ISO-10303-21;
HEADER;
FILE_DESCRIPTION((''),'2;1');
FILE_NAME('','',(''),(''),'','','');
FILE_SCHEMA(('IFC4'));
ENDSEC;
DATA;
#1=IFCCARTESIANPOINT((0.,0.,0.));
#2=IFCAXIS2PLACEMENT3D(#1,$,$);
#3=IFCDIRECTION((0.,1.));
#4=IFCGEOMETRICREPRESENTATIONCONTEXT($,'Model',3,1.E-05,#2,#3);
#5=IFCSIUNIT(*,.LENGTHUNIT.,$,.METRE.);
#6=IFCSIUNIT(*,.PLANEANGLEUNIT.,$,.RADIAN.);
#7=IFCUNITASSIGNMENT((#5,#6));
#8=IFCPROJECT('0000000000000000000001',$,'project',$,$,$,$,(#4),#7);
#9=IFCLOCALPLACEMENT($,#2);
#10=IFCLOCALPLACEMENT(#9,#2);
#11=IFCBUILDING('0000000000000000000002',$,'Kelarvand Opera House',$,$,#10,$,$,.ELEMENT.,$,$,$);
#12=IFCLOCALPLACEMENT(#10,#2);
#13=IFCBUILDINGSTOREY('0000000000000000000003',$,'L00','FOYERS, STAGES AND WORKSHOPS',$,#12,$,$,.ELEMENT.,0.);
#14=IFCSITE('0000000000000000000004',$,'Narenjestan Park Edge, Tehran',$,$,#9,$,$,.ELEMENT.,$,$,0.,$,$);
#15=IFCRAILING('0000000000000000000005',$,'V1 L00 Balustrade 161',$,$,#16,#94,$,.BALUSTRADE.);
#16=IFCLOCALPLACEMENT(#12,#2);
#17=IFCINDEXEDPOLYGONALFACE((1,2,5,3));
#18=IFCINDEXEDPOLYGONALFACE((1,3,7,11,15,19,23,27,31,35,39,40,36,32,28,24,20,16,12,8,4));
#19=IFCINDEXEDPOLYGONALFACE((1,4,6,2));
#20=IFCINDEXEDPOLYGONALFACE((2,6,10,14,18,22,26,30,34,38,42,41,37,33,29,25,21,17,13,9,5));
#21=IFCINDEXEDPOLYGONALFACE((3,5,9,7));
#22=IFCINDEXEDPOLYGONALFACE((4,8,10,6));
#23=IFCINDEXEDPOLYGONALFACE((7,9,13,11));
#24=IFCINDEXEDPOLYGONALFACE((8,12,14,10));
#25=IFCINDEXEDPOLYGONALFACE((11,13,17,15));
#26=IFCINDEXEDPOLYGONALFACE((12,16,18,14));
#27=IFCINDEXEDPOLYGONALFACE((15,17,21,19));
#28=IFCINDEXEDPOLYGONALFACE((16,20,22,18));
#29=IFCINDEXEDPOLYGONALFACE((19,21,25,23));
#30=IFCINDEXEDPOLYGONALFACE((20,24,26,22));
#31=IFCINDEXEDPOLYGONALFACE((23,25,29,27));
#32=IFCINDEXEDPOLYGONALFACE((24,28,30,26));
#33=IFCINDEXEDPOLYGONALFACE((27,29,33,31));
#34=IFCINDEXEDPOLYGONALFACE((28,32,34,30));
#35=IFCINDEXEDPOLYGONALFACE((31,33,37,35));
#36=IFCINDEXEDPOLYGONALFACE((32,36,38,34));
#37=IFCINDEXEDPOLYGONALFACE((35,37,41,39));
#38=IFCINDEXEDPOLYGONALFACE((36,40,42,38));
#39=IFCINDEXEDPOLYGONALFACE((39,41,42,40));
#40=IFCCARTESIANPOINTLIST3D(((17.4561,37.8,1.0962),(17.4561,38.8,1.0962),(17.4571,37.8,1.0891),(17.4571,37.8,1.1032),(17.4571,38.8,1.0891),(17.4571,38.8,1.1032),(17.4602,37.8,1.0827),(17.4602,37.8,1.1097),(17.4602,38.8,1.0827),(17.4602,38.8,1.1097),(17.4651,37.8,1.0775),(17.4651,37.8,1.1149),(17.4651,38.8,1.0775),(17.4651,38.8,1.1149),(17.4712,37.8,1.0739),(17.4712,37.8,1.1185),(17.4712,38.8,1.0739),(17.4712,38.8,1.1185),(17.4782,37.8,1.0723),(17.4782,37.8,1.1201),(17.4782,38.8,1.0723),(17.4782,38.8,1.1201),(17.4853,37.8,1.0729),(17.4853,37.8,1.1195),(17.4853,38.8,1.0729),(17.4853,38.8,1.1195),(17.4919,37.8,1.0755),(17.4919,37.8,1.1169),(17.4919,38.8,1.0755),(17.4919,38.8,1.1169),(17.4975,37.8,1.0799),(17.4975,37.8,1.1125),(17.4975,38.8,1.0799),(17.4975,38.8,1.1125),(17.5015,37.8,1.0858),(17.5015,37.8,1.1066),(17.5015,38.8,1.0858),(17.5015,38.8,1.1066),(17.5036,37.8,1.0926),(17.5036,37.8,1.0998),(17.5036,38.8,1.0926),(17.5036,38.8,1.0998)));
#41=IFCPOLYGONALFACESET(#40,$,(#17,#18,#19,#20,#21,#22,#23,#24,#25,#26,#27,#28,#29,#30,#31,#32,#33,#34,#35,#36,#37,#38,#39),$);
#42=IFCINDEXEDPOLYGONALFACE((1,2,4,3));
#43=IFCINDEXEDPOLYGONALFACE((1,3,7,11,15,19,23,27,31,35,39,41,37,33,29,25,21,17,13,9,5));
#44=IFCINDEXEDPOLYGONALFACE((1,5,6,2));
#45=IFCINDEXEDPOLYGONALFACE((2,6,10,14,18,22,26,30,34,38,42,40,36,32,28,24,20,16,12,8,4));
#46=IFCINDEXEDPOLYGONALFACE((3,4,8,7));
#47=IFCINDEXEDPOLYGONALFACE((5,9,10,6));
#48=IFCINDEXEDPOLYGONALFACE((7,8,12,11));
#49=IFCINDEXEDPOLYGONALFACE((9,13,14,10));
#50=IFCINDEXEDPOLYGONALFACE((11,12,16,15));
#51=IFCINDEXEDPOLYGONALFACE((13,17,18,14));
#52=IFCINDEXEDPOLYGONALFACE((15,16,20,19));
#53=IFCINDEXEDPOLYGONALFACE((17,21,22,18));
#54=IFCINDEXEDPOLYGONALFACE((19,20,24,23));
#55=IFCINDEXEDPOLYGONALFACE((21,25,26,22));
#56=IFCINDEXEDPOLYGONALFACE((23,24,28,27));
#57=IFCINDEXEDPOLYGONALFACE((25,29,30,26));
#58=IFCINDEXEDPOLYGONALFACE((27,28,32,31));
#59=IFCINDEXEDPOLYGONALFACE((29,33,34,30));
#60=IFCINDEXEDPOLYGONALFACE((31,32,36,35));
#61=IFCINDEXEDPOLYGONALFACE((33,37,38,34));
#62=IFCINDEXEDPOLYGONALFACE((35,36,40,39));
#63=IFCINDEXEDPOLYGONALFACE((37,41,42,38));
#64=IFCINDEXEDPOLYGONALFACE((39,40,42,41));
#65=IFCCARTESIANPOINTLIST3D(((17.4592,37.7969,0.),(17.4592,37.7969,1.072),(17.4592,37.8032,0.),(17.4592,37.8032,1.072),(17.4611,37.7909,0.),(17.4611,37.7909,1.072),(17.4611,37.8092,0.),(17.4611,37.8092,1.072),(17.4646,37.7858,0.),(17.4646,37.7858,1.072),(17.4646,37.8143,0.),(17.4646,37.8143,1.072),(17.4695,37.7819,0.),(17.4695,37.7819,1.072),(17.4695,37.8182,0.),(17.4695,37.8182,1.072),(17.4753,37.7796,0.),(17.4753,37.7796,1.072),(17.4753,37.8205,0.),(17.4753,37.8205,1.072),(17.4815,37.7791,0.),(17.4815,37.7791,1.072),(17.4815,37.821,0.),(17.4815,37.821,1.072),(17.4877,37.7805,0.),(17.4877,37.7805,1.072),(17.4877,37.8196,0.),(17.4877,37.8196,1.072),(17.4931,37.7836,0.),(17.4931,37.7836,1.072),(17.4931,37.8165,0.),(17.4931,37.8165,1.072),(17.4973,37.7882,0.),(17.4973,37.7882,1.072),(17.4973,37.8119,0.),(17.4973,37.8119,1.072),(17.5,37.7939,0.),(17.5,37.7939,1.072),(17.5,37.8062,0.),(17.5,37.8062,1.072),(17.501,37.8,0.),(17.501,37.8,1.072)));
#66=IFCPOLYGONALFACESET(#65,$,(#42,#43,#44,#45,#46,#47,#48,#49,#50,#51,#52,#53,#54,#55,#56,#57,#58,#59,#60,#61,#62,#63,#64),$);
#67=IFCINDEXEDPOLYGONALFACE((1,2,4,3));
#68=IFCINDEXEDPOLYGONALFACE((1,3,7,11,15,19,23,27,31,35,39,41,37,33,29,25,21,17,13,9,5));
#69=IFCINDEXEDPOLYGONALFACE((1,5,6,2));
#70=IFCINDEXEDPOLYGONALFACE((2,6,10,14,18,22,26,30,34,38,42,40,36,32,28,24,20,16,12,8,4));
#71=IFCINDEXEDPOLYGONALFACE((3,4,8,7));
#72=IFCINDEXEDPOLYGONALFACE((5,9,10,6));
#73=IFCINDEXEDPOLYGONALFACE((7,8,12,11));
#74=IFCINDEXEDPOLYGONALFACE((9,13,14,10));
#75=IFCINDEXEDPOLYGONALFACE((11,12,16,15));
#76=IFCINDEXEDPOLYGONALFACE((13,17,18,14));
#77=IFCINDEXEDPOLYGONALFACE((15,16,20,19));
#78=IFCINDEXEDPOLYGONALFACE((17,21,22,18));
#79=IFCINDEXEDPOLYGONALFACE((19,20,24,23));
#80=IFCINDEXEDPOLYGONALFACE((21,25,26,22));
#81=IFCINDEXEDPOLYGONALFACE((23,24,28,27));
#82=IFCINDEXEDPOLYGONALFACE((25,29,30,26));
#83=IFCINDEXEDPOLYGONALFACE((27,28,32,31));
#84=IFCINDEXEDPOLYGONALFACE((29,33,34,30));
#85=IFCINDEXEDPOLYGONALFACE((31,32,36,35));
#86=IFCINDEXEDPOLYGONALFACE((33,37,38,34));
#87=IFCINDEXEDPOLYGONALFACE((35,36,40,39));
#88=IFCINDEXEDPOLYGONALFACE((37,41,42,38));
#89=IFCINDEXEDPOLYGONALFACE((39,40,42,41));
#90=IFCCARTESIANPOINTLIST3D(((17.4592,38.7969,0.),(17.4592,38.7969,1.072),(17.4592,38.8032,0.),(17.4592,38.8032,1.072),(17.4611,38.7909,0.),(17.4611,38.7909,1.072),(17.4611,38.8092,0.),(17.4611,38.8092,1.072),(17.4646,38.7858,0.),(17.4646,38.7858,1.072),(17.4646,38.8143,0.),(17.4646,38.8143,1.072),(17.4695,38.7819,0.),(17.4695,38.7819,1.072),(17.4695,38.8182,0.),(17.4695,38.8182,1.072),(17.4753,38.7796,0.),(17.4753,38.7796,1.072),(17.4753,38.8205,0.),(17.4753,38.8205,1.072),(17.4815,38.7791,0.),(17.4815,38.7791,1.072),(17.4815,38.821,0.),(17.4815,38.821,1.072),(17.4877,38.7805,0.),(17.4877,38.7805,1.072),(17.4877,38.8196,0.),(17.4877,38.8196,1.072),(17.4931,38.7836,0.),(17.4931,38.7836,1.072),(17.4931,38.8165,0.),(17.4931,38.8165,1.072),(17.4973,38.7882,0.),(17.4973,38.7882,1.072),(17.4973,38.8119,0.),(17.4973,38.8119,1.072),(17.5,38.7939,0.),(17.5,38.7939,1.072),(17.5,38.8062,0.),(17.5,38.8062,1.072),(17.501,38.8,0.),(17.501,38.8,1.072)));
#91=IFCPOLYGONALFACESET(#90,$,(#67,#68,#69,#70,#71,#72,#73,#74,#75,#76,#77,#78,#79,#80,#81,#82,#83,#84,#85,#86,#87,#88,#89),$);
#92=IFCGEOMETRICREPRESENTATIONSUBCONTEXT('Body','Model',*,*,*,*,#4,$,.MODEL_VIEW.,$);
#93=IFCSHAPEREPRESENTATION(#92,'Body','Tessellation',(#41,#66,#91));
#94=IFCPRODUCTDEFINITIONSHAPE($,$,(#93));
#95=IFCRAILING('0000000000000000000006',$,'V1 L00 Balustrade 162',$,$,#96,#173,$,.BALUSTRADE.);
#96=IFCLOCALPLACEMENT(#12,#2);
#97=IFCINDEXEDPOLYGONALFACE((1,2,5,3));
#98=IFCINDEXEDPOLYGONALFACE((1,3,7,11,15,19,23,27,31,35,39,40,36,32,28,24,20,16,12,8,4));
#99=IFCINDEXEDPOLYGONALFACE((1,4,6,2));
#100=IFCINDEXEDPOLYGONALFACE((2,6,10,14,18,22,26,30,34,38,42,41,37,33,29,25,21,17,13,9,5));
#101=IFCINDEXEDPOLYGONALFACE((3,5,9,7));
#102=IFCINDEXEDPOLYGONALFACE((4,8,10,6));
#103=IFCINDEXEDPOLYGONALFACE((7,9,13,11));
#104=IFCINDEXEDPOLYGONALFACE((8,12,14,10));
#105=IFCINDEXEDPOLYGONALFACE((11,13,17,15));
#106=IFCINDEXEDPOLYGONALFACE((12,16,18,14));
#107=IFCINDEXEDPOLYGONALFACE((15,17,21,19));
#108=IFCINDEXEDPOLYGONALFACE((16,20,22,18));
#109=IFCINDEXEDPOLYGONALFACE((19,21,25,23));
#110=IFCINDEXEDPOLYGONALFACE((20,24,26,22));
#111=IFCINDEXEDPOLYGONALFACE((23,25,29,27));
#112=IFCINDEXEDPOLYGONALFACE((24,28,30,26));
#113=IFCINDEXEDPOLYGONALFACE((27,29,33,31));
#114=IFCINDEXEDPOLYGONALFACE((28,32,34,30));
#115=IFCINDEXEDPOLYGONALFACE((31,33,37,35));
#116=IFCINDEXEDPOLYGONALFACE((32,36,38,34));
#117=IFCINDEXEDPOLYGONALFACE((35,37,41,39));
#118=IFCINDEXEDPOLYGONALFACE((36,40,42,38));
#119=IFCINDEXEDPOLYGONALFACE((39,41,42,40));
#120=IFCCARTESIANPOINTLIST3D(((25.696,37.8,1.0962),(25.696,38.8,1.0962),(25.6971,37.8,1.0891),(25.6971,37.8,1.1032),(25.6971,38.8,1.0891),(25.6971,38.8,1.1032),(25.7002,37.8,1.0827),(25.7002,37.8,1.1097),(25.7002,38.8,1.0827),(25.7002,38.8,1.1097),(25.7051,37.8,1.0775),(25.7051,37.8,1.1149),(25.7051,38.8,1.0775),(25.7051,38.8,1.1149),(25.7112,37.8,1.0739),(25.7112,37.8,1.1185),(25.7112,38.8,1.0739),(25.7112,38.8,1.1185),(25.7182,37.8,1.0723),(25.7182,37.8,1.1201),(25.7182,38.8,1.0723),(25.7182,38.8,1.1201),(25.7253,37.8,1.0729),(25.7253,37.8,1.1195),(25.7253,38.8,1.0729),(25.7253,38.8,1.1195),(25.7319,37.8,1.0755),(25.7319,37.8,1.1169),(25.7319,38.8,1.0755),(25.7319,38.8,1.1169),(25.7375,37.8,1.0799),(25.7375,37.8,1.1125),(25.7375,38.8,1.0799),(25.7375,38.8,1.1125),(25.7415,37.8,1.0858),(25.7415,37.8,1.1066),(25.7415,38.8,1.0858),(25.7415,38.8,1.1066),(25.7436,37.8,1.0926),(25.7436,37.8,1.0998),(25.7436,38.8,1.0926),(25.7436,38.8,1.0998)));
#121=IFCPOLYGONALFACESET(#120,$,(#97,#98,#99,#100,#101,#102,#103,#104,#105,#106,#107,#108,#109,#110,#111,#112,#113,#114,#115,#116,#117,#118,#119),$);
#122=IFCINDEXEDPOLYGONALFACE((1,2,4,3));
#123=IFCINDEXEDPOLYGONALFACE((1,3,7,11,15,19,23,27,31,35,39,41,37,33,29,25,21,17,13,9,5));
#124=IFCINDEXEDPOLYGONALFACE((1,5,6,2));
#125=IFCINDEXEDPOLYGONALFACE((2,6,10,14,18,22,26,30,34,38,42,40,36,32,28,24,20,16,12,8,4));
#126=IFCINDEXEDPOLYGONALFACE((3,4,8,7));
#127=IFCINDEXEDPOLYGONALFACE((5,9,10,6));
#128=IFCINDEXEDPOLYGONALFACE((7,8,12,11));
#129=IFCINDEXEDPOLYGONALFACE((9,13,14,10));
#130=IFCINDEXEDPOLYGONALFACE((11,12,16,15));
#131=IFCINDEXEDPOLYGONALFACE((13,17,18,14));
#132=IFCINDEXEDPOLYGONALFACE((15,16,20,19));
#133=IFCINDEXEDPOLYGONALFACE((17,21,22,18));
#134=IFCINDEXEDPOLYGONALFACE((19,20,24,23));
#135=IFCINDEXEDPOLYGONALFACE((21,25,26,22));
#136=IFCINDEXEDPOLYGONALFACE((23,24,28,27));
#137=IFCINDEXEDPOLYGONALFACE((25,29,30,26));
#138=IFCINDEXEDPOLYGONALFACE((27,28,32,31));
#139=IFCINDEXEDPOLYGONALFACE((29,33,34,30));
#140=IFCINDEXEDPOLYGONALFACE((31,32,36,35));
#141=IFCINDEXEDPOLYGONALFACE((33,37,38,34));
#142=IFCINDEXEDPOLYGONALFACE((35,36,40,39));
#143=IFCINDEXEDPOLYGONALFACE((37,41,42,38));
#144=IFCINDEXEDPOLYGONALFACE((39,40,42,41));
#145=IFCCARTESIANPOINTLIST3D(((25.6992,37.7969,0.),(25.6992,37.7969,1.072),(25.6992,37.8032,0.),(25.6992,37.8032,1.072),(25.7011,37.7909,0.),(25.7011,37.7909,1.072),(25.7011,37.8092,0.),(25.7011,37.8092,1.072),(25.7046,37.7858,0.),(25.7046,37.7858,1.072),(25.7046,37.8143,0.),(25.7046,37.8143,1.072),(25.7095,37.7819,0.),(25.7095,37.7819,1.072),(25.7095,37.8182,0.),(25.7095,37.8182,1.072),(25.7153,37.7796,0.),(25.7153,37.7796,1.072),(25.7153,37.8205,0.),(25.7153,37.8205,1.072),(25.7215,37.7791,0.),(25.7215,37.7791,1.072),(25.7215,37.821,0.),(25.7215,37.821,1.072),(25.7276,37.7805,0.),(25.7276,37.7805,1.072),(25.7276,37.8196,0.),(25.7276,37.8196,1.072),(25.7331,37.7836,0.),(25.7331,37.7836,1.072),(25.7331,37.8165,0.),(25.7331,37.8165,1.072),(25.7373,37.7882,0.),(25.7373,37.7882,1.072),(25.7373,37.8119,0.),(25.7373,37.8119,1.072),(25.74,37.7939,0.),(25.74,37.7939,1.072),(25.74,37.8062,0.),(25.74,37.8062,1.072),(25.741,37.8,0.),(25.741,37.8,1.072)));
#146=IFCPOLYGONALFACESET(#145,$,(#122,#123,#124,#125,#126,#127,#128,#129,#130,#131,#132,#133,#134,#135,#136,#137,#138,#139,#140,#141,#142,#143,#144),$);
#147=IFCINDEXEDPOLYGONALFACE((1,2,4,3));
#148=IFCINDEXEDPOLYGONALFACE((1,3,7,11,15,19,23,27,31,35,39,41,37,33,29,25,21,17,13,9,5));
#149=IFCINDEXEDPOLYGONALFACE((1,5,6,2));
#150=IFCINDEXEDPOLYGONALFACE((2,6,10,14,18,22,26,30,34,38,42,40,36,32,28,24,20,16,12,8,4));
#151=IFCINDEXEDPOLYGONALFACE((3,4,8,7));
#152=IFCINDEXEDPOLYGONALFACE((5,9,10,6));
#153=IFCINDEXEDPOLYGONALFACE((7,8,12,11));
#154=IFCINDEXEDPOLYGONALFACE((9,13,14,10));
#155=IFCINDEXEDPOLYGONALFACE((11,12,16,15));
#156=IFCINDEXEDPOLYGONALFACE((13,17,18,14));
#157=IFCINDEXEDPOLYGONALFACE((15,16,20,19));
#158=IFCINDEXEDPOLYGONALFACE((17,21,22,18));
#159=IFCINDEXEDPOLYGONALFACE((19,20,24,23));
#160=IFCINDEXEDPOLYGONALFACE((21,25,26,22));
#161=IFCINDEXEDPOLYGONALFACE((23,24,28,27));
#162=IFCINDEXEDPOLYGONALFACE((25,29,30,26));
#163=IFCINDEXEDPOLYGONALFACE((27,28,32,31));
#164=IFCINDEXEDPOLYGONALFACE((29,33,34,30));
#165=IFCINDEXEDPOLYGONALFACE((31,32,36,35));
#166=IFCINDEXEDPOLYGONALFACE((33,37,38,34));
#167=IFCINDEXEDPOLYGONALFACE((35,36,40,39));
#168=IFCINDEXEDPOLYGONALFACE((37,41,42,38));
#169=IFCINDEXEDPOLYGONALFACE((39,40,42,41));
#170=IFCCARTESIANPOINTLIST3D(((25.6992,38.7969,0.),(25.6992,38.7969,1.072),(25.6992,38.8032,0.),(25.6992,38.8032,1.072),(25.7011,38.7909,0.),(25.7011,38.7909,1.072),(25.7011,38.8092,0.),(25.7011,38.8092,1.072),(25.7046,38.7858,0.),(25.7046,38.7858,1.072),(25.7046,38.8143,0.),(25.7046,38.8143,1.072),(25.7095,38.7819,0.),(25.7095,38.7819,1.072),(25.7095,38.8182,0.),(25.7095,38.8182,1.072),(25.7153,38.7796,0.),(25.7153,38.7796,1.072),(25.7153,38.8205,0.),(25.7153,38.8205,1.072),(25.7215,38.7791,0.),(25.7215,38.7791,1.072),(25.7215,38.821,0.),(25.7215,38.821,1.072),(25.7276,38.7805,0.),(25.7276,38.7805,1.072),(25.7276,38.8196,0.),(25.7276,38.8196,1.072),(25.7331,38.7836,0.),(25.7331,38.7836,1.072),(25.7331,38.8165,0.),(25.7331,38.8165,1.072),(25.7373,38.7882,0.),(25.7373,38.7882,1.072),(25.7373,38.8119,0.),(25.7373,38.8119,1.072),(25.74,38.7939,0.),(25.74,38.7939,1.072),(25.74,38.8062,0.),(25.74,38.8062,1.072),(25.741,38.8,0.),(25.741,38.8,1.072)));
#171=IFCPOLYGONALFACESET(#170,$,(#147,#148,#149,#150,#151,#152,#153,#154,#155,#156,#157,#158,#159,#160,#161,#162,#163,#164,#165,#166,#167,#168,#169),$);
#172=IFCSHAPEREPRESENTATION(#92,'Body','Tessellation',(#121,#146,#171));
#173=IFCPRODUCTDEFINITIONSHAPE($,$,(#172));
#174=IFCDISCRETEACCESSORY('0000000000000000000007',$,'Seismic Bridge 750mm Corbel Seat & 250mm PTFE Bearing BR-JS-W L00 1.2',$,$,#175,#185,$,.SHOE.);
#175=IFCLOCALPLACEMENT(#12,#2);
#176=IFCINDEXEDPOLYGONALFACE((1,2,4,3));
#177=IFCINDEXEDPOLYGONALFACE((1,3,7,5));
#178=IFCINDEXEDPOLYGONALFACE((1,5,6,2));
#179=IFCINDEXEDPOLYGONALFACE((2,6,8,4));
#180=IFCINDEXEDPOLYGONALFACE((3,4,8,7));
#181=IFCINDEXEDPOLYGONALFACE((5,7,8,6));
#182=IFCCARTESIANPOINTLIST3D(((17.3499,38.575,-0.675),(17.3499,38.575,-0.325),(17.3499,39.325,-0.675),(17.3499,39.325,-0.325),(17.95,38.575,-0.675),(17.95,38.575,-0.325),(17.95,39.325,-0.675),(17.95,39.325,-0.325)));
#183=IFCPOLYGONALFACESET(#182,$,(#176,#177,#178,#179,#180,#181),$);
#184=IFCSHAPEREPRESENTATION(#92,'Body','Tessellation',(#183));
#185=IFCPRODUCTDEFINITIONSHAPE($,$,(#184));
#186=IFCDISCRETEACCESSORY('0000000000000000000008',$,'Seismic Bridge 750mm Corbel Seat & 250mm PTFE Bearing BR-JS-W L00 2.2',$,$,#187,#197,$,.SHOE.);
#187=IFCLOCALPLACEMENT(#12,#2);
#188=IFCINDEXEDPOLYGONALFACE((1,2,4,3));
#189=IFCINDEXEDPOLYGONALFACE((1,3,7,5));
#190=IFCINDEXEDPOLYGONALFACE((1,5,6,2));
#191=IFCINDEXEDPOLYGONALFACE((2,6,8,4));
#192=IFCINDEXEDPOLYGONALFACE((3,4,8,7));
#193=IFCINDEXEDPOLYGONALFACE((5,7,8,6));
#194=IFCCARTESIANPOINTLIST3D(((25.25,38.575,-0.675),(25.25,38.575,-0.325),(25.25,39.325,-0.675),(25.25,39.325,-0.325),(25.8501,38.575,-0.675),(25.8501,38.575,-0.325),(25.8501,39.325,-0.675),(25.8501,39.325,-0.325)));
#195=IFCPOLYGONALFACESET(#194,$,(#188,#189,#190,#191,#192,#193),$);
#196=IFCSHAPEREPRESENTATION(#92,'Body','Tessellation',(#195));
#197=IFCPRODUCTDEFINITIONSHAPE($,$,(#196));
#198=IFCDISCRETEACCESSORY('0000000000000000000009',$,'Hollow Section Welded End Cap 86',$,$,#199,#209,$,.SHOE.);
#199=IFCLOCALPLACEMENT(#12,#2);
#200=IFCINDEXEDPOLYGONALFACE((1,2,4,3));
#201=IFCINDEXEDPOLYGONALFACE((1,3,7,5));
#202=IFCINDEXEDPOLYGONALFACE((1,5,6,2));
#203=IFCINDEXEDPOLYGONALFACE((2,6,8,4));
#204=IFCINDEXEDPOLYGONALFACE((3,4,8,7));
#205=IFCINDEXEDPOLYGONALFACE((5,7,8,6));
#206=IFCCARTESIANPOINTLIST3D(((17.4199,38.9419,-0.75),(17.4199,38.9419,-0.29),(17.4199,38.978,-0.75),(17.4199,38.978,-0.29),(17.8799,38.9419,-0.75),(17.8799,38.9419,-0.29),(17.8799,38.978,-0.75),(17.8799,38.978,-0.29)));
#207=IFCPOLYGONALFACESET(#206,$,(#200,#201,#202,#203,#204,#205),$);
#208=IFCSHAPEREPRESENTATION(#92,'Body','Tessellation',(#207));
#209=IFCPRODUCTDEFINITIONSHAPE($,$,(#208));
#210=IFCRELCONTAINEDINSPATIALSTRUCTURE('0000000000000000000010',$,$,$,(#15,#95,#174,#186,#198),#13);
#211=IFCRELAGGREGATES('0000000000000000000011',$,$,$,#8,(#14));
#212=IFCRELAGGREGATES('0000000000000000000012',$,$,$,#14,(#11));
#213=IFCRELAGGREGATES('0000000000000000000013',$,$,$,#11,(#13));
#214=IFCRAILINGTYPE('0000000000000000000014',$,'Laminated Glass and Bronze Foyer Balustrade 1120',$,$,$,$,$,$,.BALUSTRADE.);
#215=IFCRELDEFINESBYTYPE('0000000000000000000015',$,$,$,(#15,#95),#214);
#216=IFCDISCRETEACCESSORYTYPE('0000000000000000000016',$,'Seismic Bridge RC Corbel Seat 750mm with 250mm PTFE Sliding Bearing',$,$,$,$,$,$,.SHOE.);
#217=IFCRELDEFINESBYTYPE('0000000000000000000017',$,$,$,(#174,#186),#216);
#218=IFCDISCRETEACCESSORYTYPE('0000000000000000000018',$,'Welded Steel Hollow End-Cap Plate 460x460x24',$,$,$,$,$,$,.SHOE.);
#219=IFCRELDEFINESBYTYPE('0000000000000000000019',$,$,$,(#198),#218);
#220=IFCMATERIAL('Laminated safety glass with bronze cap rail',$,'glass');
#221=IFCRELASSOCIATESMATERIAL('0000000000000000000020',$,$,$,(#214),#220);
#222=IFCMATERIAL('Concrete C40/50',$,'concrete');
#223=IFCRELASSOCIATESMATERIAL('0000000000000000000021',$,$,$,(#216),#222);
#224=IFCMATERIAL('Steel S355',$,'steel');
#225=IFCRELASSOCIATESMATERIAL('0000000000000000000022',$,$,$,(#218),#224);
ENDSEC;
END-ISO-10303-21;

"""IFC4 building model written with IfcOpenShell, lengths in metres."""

from ifc_helpers import new_model, si_unit, direction, frame, origin, origin_2d, place, context, subcontext, project, spatial, rectangle, circle, extrude, material, material_profile, profile_set, type_object, element, save


model = new_model("IFC4")

# Units and contexts
model_context = context("Model", 3, precision=1e-05, world=origin(), true_north=direction((0.0, 1.0)))
body_context = subcontext(model_context, "Body", "Model", "MODEL_VIEW")
ifc_project = project(units=[si_unit("LENGTHUNIT", "METRE"), si_unit("PLANEANGLEUNIT", "RADIAN")], contexts=[model_context])

# Site, building, storey
site_placement = place(None, origin())
site = spatial("IfcSite", under=ifc_project, at=site_placement, Name="Narenjestan Park Edge, Tehran", CompositionType="ELEMENT", RefElevation=0.0)
building_placement = place(site_placement, origin())
building = spatial("IfcBuilding", under=site, at=building_placement, Name="Kelarvand Opera House", CompositionType="ELEMENT")
storey_placement = place(building_placement, origin())
storey = spatial("IfcBuildingStorey", under=building, at=storey_placement, Name="L00", Description="FOYERS, STAGES AND WORKSHOPS", CompositionType="ELEMENT", Elevation=0.0)

# Shared definitions
ifc_material_1 = material(Name="Concrete C40/50", Category="concrete")

# Shared definitions
ifc_material_2 = material(Name="Steel S355", Category="steel")

# Railings
ifc_material_3 = material(Name="Laminated safety glass with bronze cap rail", Category="glass")
railing_type = type_object("IfcRailingType", Name="Laminated Glass and Bronze Foyer Balustrade 1120", PredefinedType="BALUSTRADE", material=ifc_material_3)
for number, where, name in (
    (1, (17.48, 37.8, 0.0), "V1 L00 Balustrade 161"),
    (2, (25.72, 37.8, 0.0), "V1 L00 Balustrade 162"),
):
    element("IfcRailing", number, at=place(storey_placement, frame(where)), inside=storey, type_object=railing_type, Name=name, PredefinedType="BALUSTRADE", context=body_context, shape_type="SweptSolid", body=[
        extrude(circle(Radius=0.0239, at=origin_2d()), frame((0.0, 0.0, 1.0962), z_axis=(0.0, 1.0, 0.0), x_axis=(-1.0, 0.0, 0.0)), (0.0, 0.0, 1.0), 1.0),
        extrude(circle(Radius=0.021, at=origin_2d()), origin(), (0.0, 0.0, 1.0), 1.072),
        extrude(circle(Radius=0.021, at=origin_2d()), frame((0.0, 1.0, 0.0)), (0.0, 0.0, 1.0), 1.072),
    ])

# Discrete accessories
discrete_accessory_type_1 = type_object("IfcDiscreteAccessoryType", Name="Seismic Bridge RC Corbel Seat 750mm with 250mm PTFE Sliding Bearing", PredefinedType="SHOE", material=ifc_material_1)
for number, where, z_axis, x_axis, name in (
    (3, (17.6499, 38.95, -0.675), (0.0, 0.0, 1.0), (0.0, 1.0, 0.0), "Seismic Bridge 750mm Corbel Seat & 250mm PTFE Bearing BR-JS-W L00 1.2"),
    (4, (25.55, 38.95, -0.675), (0.0, 0.0, 1.0), (0.0, 1.0, 0.0), "Seismic Bridge 750mm Corbel Seat & 250mm PTFE Bearing BR-JS-W L00 2.2"),
):
    element("IfcDiscreteAccessory", number, at=place(storey_placement, frame(where, z_axis=z_axis, x_axis=x_axis)), inside=storey, type_object=discrete_accessory_type_1, Name=name, PredefinedType="SHOE", context=body_context, shape_type="SweptSolid", body=[
        extrude(rectangle(XDim=0.75, YDim=0.6001, at=origin_2d()), origin(), (0.0, 0.0, 1.0), 0.3501),
    ])
ifc_material_profile_1 = material_profile(ifc_material_2, rectangle(XDim=0.46, YDim=0.46, at=origin_2d()), Name="Welded Steel Hollow End-Cap Plate 460x460x24", Category="steel")
ifc_profile_set_1 = profile_set([ifc_material_profile_1], Name="Steel S355")
discrete_accessory_type_2 = type_object("IfcDiscreteAccessoryType", Name="Welded Steel Hollow End-Cap Plate 460x460x24", PredefinedType="SHOE", material=ifc_profile_set_1)
for number, where, z_axis, x_axis, name in (
    (5, (17.6499, 38.9419, -0.52), (0.0, 1.0, 0.0), (-1.0, 0.0, 0.0), "Hollow Section Welded End Cap 86"),
):
    element("IfcDiscreteAccessory", number, at=place(storey_placement, frame(where, z_axis=z_axis, x_axis=x_axis)), inside=storey, type_object=discrete_accessory_type_2, Name=name, PredefinedType="SHOE", context=body_context, shape_type="SweptSolid", body=[
        extrude(rectangle(XDim=0.46, YDim=0.46, at=origin_2d()), origin(), (0.0, 0.0, 1.0), 0.0361),
    ])

save(model, "model.ifc")
